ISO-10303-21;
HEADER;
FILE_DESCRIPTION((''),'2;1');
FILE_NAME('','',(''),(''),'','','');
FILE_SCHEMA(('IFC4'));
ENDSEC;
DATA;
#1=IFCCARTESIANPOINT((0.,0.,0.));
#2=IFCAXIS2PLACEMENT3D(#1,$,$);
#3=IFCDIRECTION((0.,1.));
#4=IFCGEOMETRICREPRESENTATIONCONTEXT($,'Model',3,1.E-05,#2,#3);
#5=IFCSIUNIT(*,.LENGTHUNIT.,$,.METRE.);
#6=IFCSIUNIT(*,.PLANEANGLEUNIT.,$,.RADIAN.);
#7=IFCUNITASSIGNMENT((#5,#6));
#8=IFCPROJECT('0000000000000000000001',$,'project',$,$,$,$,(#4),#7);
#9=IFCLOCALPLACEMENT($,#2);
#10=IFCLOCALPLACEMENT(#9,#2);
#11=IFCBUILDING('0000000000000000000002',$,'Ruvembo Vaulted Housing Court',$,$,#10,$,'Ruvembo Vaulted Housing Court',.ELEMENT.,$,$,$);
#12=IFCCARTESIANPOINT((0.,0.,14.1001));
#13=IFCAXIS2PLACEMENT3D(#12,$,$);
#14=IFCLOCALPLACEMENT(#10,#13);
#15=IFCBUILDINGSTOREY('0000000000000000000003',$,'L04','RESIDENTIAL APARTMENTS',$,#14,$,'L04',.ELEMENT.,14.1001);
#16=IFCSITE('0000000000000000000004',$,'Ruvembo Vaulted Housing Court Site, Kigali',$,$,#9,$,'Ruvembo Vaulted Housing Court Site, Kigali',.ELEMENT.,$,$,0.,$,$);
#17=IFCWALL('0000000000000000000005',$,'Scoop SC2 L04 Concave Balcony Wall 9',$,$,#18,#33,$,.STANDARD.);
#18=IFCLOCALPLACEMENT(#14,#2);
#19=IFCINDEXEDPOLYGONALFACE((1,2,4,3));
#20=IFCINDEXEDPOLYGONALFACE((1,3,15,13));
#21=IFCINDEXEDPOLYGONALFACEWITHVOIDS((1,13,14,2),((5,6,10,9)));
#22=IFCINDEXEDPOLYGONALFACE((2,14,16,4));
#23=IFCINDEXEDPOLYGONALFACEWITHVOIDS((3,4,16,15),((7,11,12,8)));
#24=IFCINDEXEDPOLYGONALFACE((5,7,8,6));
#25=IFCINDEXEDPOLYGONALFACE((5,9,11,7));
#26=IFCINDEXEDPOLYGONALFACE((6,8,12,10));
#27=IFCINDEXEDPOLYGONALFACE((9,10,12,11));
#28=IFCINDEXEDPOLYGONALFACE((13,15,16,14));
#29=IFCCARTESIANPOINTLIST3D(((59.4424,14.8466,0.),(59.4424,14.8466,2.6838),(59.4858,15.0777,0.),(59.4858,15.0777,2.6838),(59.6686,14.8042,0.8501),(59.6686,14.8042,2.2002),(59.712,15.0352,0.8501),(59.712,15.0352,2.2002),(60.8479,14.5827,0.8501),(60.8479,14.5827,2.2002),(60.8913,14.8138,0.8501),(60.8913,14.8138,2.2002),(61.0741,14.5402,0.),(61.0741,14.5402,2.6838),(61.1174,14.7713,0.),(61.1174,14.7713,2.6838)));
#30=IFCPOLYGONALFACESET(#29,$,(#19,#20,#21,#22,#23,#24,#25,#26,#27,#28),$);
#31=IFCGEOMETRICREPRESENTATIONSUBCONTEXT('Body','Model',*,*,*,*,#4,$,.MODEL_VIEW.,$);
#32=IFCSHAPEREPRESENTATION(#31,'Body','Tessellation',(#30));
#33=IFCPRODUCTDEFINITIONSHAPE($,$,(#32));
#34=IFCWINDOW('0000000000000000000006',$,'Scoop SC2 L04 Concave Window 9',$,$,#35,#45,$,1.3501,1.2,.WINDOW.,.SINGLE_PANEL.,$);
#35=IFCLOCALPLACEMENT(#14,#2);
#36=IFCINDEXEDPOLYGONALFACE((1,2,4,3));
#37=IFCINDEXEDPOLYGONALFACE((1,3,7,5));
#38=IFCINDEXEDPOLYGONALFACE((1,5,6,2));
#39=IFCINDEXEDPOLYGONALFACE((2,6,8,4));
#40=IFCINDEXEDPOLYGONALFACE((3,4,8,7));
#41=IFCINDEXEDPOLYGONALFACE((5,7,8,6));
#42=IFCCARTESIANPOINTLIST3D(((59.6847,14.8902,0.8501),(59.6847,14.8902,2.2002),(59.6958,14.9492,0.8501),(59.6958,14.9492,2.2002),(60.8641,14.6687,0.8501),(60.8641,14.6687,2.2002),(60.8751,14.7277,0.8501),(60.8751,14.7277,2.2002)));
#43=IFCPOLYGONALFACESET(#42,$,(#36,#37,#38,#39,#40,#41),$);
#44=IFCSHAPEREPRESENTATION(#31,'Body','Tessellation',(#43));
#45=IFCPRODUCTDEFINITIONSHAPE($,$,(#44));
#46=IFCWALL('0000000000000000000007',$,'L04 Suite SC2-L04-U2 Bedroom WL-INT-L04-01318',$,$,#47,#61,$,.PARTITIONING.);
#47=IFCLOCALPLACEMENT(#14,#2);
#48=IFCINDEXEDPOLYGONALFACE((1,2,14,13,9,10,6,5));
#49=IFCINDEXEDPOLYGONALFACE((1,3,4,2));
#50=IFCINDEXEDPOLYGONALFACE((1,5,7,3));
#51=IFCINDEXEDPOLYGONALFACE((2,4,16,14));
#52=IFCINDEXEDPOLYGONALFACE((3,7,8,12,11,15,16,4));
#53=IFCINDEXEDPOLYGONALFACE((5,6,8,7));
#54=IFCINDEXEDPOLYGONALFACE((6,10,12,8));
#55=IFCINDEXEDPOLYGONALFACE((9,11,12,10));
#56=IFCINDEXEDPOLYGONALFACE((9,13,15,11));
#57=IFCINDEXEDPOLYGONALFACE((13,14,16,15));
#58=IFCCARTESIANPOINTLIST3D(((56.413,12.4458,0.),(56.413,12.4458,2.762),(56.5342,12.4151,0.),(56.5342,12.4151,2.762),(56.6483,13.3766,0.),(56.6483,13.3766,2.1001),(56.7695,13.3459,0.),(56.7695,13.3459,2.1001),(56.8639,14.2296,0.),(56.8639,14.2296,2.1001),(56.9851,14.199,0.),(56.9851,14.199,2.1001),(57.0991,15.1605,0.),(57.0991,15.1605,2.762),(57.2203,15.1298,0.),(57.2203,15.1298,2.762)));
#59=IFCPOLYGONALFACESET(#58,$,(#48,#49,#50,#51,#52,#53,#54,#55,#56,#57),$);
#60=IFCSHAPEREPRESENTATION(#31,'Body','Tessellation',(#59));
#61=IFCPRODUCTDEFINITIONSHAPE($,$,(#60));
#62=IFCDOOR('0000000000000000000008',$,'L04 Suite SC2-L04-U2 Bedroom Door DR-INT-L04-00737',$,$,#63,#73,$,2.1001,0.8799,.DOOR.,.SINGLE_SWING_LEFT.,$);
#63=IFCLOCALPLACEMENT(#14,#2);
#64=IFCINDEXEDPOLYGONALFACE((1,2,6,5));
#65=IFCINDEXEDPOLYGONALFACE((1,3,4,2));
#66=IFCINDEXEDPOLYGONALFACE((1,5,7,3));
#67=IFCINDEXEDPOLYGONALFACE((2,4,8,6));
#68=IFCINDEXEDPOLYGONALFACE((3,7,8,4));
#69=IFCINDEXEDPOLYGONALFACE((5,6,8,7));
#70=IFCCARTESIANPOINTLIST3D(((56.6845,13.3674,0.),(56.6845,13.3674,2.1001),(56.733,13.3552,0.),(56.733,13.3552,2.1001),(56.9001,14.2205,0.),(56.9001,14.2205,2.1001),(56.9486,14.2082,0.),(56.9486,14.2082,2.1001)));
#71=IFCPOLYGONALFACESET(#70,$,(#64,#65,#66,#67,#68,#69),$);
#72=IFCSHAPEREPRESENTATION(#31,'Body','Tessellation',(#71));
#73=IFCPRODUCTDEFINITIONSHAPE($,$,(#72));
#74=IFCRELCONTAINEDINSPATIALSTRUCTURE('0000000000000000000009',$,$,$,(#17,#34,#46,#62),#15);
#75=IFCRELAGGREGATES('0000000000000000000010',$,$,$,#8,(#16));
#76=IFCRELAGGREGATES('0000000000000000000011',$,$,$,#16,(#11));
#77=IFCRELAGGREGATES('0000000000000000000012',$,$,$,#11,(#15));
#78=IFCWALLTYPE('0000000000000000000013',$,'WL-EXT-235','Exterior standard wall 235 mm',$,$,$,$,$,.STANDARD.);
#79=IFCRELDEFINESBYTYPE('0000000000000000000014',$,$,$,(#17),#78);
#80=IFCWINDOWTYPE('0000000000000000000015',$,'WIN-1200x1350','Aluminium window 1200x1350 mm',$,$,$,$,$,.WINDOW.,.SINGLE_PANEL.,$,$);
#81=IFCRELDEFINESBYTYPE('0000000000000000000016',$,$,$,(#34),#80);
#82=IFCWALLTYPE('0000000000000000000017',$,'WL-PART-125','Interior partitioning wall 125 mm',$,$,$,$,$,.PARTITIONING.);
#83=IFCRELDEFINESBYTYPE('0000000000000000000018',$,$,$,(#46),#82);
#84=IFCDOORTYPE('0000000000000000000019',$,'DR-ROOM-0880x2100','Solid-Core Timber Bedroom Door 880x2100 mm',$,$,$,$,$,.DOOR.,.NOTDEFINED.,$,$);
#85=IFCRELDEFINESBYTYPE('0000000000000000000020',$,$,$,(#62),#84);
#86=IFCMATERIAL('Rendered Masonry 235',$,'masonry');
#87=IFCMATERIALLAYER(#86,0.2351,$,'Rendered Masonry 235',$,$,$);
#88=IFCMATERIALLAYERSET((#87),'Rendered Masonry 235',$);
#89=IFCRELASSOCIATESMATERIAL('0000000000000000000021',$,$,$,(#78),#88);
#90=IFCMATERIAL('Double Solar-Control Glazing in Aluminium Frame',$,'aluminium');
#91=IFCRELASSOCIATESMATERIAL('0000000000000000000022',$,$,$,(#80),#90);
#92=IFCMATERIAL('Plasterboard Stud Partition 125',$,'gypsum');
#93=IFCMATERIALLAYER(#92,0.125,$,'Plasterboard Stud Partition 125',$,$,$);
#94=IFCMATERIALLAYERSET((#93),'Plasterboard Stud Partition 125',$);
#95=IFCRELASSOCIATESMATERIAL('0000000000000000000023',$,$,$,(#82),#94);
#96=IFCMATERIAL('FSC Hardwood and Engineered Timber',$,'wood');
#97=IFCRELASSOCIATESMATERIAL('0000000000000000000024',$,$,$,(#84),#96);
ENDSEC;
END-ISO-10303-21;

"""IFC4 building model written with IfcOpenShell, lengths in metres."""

from ifc_helpers import new_model, si_unit, direction, frame, frame_2d, origin, place, context, subcontext, project, spatial, rectangle, extrude, material, layer, layer_set, type_object, element, fill, save


model = new_model("IFC4")

# Units and contexts
model_context = context("Model", 3, precision=1e-05, world=origin(), true_north=direction((0.0, 1.0)))
body_context = subcontext(model_context, "Body", "Model", "MODEL_VIEW")
ifc_project = project(units=[si_unit("LENGTHUNIT", "METRE"), si_unit("PLANEANGLEUNIT", "RADIAN")], contexts=[model_context])

# Site, building, storey
site_placement = place(None, origin())
site = spatial("IfcSite", under=ifc_project, at=site_placement, Name="Ruvembo Vaulted Housing Court Site, Kigali", LongName="Ruvembo Vaulted Housing Court Site, Kigali", CompositionType="ELEMENT", RefElevation=0.0)
building_placement = place(site_placement, origin())
building = spatial("IfcBuilding", under=site, at=building_placement, Name="Ruvembo Vaulted Housing Court", LongName="Ruvembo Vaulted Housing Court", CompositionType="ELEMENT")
storey_placement = place(building_placement, frame((0.0, 0.0, 14.1001)))
storey = spatial("IfcBuildingStorey", under=building, at=storey_placement, Name="L04", Description="RESIDENTIAL APARTMENTS", LongName="L04", CompositionType="ELEMENT", Elevation=14.1001)

# Shared definitions
ifc_material_1 = material(Name="Rendered Masonry 235", Category="masonry")
ifc_layer_1 = layer(ifc_material_1, 0.2351, Name="Rendered Masonry 235")
ifc_layer_set_1 = layer_set([ifc_layer_1], Name="Rendered Masonry 235")
wall_type_1 = type_object("IfcWallType", Name="WL-EXT-235", Description="Exterior standard wall 235 mm", PredefinedType="STANDARD", material=ifc_layer_set_1)

# Wall, opening, window
ifc_material_2 = material(Name="Double Solar-Control Glazing in Aluminium Frame", Category="aluminium")
wall_1_placement = place(storey_placement, frame((59.4641, 14.9622, 0.0), z_axis=(0.0, 0.0, 1.0), x_axis=(0.982821, -0.184564, 0.0)))
wall_1 = element("IfcWall", 1, at=wall_1_placement, inside=storey, type_object=wall_type_1, Name="Scoop SC2 L04 Concave Balcony Wall 9", PredefinedType="STANDARD", context=body_context, shape_type="SweptSolid", body=[
    extrude(rectangle(XDim=1.6602, YDim=0.2351, at=frame_2d((0.8301, 0.0))), origin(), (0.0, 0.0, 1.0), 2.6838),
])
opening_1_placement = place(wall_1_placement, frame((0.23, 0.0, 0.8501)))
opening_1 = element("IfcOpeningElement", 2, at=opening_1_placement, cuts=wall_1, PredefinedType="OPENING", context=body_context, shape_type="SweptSolid", body=[
    extrude(rectangle(XDim=1.2, YDim=1.3501, at=frame_2d((0.6001, 0.675))), frame((0.0, 0.1274, 0.0), z_axis=(0.0, -1.0, 0.0), x_axis=(1.0, 0.0, 0.0)), (0.0, 0.0, 1.0), 0.2551),
])
window_type_1 = type_object("IfcWindowType", Name="WIN-1200x1350", Description="Aluminium window 1200x1350 mm", PartitioningType="SINGLE_PANEL", PredefinedType="WINDOW", material=ifc_material_2)
window_1_placement = place(opening_1_placement, origin())
window_1 = element("IfcWindow", 3, at=window_1_placement, inside=storey, type_object=window_type_1, Name="Scoop SC2 L04 Concave Window 9", OverallHeight=1.3501, OverallWidth=1.2, PartitioningType="SINGLE_PANEL", PredefinedType="WINDOW", context=body_context, shape_type="SweptSolid", body=[
    extrude(rectangle(XDim=1.2, YDim=1.3501, at=frame_2d((0.6001, 0.675))), frame((0.0, 0.03, 0.0), z_axis=(0.0, -1.0, 0.0), x_axis=(1.0, 0.0, 0.0)), (0.0, 0.0, 1.0), 0.0601),
])
fill(opening_1, window_1)

# Wall, opening, door
ifc_material_3 = material(Name="Plasterboard Stud Partition 125", Category="gypsum")
ifc_layer_2 = layer(ifc_material_3, 0.125, Name="Plasterboard Stud Partition 125")
ifc_layer_set_2 = layer_set([ifc_layer_2], Name="Plasterboard Stud Partition 125")
wall_type_2 = type_object("IfcWallType", Name="WL-PART-125", Description="Interior partitioning wall 125 mm", PredefinedType="PARTITIONING", material=ifc_layer_set_2)
wall_2_placement = place(storey_placement, frame((57.1597, 15.145, 0.0), z_axis=(0.0, 0.0, 1.0), x_axis=(-0.245017, -0.969519, 0.0)))
wall_2 = element("IfcWall", 4, at=wall_2_placement, inside=storey, type_object=wall_type_2, Name="L04 Suite SC2-L04-U2 Bedroom WL-INT-L04-01318", PredefinedType="PARTITIONING", context=body_context, shape_type="SweptSolid", body=[
    extrude(rectangle(XDim=2.8, YDim=0.125, at=frame_2d((1.3999, 0.0))), origin(), (0.0, 0.0, 1.0), 2.762),
])
opening_2_placement = place(wall_2_placement, frame((0.96, 0.0, 0.0)))
opening_2 = element("IfcOpeningElement", 5, at=opening_2_placement, cuts=wall_2, PredefinedType="OPENING", context=body_context, shape_type="SweptSolid", body=[
    extrude(rectangle(XDim=0.8799, YDim=2.1001, at=frame_2d((0.4399, 1.05))), frame((0.0, 0.0725, 0.0), z_axis=(0.0, -1.0, 0.0), x_axis=(1.0, 0.0, 0.0)), (0.0, 0.0, 1.0), 0.145),
])
ifc_material_4 = material(Name="FSC Hardwood and Engineered Timber", Category="wood")
door_type_1 = type_object("IfcDoorType", Name="DR-ROOM-0880x2100", Description="Solid-Core Timber Bedroom Door 880x2100 mm", OperationType="NOTDEFINED", PredefinedType="DOOR", material=ifc_material_4)
door_1_placement = place(opening_2_placement, origin())
door_1 = element("IfcDoor", 6, at=door_1_placement, inside=storey, type_object=door_type_1, Name="L04 Suite SC2-L04-U2 Bedroom Door DR-INT-L04-00737", OperationType="SINGLE_SWING_LEFT", OverallHeight=2.1001, OverallWidth=0.8799, PredefinedType="DOOR", context=body_context, shape_type="SweptSolid", body=[
    extrude(rectangle(XDim=0.8799, YDim=2.1001, at=frame_2d((0.4399, 1.05))), frame((0.0, 0.0249, 0.0), z_axis=(0.0, -1.0, 0.0), x_axis=(1.0, 0.0, 0.0)), (0.0, 0.0, 1.0), 0.05),
])
fill(opening_2, door_1)

save(model, "model.ifc")
